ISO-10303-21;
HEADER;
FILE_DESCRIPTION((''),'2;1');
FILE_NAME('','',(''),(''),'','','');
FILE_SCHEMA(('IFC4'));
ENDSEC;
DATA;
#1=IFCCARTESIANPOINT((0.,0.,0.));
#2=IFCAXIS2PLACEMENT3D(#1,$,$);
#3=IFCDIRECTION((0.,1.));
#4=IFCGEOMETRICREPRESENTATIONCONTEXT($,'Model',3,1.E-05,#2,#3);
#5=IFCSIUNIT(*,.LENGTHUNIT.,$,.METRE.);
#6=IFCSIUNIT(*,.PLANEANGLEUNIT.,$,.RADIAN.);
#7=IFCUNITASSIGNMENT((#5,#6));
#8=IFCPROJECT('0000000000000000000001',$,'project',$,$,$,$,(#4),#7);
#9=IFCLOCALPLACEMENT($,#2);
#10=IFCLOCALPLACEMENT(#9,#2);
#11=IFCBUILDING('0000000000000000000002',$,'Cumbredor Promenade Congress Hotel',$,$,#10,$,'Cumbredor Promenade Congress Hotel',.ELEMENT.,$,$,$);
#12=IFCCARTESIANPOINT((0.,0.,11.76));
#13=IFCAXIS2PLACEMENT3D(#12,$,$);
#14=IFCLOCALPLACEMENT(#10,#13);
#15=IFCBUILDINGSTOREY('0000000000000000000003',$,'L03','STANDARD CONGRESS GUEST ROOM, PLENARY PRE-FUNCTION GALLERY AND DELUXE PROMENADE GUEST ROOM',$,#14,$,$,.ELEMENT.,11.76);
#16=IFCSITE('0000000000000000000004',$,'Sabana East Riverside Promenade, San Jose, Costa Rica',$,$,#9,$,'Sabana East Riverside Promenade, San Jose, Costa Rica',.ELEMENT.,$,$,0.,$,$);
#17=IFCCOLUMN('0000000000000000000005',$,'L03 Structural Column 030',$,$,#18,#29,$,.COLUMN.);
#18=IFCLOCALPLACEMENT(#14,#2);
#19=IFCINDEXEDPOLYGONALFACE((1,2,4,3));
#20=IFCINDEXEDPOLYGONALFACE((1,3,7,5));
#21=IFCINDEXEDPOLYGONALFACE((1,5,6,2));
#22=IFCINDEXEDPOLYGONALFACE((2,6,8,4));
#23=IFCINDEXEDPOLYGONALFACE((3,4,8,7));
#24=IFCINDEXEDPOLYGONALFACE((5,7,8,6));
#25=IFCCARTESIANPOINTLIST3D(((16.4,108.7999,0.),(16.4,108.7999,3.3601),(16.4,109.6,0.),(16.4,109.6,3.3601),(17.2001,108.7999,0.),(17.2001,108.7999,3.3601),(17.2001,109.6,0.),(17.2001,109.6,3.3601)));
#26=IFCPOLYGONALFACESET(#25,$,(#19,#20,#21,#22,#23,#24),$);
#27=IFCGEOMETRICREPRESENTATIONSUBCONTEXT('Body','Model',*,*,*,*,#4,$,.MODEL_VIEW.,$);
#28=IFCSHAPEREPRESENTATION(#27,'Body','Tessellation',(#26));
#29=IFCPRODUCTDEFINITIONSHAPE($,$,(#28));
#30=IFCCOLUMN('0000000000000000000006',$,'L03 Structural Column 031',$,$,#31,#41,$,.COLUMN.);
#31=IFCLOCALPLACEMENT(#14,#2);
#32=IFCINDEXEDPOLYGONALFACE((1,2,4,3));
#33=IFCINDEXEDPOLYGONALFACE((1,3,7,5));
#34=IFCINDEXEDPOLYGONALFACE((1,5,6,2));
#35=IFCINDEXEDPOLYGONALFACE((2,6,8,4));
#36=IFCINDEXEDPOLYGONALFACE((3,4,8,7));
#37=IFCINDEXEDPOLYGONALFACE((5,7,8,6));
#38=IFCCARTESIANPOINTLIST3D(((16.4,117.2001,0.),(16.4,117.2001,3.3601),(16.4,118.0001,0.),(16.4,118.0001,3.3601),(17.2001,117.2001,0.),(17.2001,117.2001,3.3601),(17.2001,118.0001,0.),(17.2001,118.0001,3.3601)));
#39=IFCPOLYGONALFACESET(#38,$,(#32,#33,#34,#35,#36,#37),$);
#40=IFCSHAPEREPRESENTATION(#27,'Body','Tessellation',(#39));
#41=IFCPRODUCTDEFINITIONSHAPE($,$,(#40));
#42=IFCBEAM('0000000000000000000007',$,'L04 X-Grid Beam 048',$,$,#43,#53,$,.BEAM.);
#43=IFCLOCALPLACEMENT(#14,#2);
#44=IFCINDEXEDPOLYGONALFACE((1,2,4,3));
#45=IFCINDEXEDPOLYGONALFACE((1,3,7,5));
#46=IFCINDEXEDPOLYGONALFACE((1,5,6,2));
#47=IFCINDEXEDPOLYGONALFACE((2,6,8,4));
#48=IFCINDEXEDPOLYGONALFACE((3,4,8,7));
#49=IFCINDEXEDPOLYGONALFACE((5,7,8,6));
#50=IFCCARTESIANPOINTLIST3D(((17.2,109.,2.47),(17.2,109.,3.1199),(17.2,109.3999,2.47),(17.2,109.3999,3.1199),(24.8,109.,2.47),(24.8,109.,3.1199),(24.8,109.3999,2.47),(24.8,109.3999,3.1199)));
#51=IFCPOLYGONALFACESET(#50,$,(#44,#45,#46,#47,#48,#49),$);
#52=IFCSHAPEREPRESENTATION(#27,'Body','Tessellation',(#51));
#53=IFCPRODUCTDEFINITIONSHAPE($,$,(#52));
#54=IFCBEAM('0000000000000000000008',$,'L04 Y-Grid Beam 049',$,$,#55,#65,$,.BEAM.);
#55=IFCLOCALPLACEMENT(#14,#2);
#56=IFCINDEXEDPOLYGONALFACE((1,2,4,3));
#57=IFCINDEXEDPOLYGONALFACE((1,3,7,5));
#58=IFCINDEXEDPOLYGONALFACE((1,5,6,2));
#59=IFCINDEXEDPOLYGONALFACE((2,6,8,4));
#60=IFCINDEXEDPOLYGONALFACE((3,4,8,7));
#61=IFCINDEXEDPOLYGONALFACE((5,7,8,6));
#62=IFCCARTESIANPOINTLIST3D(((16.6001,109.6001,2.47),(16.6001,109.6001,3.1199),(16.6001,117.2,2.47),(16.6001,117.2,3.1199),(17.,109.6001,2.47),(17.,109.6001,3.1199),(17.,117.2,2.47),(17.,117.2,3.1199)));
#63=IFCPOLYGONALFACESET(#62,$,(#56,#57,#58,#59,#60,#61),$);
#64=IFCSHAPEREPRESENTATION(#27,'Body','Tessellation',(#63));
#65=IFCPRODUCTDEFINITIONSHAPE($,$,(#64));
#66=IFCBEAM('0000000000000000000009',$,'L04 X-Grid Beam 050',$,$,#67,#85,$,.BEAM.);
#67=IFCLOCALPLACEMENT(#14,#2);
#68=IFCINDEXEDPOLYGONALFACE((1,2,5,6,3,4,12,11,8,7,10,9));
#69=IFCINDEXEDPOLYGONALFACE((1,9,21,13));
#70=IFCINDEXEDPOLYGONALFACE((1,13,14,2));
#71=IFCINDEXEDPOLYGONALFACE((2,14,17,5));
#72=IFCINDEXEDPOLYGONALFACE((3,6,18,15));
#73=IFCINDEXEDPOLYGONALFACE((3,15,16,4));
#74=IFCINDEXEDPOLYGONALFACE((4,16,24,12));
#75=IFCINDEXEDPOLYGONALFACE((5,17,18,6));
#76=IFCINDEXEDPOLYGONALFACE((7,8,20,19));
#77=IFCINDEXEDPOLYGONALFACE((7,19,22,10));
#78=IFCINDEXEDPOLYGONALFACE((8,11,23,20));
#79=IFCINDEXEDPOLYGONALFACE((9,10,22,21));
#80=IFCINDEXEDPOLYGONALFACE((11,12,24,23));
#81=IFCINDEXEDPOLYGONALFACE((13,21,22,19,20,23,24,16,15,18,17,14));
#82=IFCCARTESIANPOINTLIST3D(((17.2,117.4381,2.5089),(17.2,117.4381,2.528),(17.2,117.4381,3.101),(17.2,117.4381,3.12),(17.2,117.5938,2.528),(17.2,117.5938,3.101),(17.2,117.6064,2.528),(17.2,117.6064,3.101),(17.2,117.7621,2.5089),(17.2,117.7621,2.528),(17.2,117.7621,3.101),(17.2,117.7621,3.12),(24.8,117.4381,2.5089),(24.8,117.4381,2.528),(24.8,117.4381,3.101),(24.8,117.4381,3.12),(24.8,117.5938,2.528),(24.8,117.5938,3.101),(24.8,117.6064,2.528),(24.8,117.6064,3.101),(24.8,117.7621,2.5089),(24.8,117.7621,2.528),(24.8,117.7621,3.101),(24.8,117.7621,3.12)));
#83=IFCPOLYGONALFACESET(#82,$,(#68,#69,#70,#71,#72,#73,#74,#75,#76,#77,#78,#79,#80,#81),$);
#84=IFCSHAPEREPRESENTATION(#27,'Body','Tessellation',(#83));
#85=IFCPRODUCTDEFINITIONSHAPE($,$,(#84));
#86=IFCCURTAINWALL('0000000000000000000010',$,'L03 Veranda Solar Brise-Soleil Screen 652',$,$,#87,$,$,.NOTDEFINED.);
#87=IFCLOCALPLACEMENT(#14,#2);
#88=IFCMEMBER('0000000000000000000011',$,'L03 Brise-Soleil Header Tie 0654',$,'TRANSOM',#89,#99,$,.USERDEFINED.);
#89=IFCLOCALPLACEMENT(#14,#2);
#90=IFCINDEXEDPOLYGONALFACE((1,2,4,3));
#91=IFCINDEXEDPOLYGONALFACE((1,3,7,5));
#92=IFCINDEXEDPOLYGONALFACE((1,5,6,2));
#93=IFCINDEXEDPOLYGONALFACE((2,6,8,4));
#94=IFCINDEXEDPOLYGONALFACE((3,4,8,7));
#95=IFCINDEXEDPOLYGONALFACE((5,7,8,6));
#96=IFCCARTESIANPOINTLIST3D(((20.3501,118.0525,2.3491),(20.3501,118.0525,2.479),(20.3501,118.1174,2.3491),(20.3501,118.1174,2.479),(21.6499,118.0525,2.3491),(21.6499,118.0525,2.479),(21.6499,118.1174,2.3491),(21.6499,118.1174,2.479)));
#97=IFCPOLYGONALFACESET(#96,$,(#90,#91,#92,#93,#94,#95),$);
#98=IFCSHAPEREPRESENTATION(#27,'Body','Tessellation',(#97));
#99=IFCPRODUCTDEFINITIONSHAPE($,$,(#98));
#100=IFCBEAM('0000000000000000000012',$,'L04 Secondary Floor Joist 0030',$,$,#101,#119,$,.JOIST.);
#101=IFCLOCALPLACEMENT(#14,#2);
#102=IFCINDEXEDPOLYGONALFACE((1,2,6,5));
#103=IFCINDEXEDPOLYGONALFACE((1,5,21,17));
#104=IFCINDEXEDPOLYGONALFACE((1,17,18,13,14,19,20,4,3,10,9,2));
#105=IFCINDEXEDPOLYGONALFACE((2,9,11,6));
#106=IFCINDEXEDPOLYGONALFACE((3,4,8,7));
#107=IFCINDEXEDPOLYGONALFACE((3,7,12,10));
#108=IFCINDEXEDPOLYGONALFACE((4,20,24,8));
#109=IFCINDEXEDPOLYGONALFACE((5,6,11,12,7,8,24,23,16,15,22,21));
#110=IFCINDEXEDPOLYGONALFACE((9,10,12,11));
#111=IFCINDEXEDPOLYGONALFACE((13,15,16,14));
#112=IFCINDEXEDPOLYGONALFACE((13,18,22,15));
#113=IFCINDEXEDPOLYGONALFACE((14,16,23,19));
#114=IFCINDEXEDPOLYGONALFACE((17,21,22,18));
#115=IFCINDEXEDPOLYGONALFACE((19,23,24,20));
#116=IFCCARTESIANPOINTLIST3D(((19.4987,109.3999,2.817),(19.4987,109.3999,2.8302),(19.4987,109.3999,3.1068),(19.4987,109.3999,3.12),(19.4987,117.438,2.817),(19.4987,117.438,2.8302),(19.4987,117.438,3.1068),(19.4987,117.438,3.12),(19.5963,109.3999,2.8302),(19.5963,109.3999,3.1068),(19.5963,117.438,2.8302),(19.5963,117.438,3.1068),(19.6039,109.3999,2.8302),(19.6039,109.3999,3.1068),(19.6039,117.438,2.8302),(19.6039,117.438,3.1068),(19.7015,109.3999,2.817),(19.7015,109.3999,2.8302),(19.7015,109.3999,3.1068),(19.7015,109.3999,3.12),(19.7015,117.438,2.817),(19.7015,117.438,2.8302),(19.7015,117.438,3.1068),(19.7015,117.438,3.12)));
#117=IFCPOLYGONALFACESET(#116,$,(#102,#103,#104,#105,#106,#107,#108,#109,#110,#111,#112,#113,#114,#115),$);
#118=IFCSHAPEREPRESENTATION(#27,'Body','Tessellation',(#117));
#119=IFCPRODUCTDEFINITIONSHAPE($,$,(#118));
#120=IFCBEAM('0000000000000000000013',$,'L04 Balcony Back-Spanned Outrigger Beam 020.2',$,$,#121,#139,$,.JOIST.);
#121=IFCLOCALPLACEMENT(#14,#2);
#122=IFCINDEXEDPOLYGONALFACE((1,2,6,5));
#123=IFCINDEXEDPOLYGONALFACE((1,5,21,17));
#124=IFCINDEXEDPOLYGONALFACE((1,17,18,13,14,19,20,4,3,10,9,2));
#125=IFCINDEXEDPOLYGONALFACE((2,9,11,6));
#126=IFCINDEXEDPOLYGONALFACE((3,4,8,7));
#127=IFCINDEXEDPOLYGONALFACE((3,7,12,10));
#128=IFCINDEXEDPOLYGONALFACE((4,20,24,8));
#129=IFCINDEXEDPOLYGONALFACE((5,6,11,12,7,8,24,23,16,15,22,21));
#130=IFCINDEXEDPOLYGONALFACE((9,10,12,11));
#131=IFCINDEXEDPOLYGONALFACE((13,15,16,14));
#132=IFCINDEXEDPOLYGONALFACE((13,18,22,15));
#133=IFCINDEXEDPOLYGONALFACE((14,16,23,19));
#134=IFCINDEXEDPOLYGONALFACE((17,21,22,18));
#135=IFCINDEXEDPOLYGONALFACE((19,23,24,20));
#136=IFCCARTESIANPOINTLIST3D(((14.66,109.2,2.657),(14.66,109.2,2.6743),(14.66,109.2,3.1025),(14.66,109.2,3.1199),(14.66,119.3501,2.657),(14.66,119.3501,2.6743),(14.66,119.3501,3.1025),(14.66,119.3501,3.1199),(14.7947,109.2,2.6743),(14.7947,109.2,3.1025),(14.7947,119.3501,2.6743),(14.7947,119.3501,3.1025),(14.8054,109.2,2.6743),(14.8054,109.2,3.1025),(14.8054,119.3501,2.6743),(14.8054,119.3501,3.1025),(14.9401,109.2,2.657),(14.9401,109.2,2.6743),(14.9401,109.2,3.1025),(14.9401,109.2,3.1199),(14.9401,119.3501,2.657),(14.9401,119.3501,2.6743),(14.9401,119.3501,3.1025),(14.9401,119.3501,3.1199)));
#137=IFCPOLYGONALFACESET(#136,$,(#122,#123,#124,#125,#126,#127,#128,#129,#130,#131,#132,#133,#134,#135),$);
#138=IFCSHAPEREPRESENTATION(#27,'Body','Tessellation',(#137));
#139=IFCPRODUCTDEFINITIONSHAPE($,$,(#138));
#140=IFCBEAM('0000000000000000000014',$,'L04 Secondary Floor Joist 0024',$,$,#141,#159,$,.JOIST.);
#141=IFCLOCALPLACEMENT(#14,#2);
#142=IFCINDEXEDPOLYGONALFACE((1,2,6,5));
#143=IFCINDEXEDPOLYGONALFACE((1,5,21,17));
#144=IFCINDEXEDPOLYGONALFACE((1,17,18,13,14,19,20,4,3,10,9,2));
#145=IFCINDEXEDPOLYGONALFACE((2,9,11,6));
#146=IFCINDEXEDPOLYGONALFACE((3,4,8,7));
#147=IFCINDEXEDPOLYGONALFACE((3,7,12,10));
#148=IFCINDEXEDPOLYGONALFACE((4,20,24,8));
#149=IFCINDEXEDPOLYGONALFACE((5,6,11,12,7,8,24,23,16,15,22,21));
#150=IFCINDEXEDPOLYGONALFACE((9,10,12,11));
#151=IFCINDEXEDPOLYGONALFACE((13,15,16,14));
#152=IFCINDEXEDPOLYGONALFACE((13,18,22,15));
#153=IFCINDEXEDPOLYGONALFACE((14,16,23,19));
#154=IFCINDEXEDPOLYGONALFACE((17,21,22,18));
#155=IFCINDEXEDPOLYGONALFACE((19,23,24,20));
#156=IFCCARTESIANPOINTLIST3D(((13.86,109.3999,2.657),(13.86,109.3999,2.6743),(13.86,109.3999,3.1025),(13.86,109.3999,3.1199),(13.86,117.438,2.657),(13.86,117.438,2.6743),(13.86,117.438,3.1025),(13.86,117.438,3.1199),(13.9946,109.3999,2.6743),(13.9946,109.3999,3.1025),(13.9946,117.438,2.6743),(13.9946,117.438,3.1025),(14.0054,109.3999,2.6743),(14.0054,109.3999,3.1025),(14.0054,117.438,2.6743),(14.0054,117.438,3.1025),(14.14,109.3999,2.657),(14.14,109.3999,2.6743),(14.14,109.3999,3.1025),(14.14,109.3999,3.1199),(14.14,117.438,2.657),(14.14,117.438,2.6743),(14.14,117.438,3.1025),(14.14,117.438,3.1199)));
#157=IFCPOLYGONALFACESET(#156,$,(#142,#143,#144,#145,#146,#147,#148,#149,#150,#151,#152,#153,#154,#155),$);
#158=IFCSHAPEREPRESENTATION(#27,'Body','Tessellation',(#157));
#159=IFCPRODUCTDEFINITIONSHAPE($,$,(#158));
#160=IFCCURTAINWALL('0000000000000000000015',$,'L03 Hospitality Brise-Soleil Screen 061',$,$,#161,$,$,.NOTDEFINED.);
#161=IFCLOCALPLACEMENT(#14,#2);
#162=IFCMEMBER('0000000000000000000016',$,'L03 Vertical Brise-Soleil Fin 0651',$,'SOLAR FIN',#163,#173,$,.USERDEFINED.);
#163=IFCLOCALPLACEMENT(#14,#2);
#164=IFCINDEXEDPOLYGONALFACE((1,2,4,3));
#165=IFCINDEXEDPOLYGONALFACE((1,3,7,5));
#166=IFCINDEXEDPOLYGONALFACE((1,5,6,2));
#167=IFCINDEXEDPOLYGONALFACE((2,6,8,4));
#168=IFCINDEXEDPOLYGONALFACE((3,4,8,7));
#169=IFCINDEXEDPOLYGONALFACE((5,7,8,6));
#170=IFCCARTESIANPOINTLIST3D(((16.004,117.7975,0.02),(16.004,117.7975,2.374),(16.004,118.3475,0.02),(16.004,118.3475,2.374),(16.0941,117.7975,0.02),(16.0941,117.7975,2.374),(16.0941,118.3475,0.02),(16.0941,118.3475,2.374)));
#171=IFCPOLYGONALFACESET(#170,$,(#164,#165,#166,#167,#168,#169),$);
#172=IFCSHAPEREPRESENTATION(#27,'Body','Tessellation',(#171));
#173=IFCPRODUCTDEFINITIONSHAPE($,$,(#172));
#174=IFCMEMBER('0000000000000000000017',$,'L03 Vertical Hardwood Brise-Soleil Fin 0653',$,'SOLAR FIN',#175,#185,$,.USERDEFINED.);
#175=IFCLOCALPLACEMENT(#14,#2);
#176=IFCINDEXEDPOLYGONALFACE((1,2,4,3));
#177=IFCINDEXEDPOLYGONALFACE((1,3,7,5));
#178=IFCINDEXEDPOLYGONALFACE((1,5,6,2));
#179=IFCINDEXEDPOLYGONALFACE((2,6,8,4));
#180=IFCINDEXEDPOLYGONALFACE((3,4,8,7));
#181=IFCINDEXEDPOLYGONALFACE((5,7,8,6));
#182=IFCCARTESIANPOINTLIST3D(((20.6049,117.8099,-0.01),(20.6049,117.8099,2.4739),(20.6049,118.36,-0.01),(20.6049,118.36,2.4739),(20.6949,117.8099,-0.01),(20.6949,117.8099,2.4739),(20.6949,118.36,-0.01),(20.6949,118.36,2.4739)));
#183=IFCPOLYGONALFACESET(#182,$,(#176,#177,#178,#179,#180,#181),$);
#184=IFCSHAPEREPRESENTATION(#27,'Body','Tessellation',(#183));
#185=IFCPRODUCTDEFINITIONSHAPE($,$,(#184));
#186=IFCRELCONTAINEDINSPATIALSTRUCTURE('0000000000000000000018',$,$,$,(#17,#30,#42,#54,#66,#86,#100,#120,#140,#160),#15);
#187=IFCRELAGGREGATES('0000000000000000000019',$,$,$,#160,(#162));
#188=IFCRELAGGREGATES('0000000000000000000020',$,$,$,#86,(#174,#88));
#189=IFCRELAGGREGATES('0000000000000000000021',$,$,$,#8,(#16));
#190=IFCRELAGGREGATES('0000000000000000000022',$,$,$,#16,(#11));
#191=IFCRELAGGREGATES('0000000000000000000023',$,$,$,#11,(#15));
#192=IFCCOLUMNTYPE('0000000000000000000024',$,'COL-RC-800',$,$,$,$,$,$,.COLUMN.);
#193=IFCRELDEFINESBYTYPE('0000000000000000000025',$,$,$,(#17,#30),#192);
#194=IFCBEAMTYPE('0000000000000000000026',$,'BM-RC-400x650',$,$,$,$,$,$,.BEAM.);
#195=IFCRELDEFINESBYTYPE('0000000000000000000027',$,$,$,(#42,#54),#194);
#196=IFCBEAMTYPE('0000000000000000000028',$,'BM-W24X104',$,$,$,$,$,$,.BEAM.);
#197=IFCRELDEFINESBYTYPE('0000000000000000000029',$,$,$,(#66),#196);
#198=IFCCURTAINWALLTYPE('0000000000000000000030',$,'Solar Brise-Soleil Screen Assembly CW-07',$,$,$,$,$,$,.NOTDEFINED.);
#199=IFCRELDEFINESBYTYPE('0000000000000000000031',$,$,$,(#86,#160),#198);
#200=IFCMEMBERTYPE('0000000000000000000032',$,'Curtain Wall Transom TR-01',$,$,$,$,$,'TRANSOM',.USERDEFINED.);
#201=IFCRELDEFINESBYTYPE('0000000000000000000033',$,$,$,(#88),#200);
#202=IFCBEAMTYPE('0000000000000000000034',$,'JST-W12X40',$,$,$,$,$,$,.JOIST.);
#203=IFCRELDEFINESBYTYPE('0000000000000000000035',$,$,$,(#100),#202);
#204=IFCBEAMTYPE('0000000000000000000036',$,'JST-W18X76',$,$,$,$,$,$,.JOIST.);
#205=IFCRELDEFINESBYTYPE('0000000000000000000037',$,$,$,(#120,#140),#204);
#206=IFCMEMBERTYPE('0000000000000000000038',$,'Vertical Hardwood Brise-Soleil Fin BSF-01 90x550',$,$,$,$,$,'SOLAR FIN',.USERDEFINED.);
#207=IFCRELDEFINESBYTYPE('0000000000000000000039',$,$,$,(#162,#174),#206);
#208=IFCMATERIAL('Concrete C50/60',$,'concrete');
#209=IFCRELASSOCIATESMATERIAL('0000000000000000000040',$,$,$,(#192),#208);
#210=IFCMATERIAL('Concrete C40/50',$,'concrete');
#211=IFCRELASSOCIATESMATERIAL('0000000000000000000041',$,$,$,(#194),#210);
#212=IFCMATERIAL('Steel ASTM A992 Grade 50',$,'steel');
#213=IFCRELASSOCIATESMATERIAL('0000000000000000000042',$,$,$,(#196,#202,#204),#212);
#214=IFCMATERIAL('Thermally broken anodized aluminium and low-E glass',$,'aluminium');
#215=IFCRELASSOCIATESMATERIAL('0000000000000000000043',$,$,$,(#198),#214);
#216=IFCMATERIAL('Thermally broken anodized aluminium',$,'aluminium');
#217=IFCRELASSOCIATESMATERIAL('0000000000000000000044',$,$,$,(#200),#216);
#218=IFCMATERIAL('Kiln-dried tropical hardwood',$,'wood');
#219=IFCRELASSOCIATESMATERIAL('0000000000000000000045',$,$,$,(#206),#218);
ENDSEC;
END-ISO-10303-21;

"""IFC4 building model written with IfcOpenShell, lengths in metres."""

from ifc_helpers import new_model, si_unit, direction, frame, origin, origin_2d, place, context, subcontext, project, spatial, rectangle, i_section, extrude, material, material_profile, profile_set, type_object, element, aggregate, save


model = new_model("IFC4")

# Units and contexts
model_context = context("Model", 3, precision=1e-05, world=origin(), true_north=direction((0.0, 1.0)))
body_context = subcontext(model_context, "Body", "Model", "MODEL_VIEW")
ifc_project = project(units=[si_unit("LENGTHUNIT", "METRE"), si_unit("PLANEANGLEUNIT", "RADIAN")], contexts=[model_context])

# Site, building, storey
site_placement = place(None, origin())
site = spatial("IfcSite", under=ifc_project, at=site_placement, Name="Sabana East Riverside Promenade, San Jose, Costa Rica", LongName="Sabana East Riverside Promenade, San Jose, Costa Rica", CompositionType="ELEMENT", RefElevation=0.0)
building_placement = place(site_placement, origin())
building = spatial("IfcBuilding", under=site, at=building_placement, Name="Cumbredor Promenade Congress Hotel", LongName="Cumbredor Promenade Congress Hotel", CompositionType="ELEMENT")
storey_placement = place(building_placement, frame((0.0, 0.0, 11.76)))
storey = spatial("IfcBuildingStorey", under=building, at=storey_placement, Name="L03", Description="STANDARD CONGRESS GUEST ROOM, PLENARY PRE-FUNCTION GALLERY AND DELUXE PROMENADE GUEST ROOM", CompositionType="ELEMENT", Elevation=11.76)

# Columns
ifc_material_1 = material(Name="Concrete C50/60", Category="concrete")
ifc_material_profile_1 = material_profile(ifc_material_1, rectangle(XDim=0.8, YDim=0.8, at=origin_2d()), Name="RC 800x800")
ifc_profile_set_1 = profile_set([ifc_material_profile_1], Name="Concrete C50/60")
column_type = type_object("IfcColumnType", Name="COL-RC-800", PredefinedType="COLUMN", material=ifc_profile_set_1)
for number, where, z_axis, x_axis, name in (
    (1, (16.8, 109.2, 0.0), (0.0, 0.0, 1.0), (1.0, 0.0, 0.0), "L03 Structural Column 030"),
    (2, (16.8, 117.6001, 0.0), (0.0, 0.0, 1.0), (1.0, 0.0, 0.0), "L03 Structural Column 031"),
):
    element("IfcColumn", number, at=place(storey_placement, frame(where, z_axis=z_axis, x_axis=x_axis)), inside=storey, type_object=column_type, Name=name, PredefinedType="COLUMN", context=body_context, shape_type="SweptSolid", body=[
        extrude(rectangle(XDim=0.8, YDim=0.8, at=origin_2d()), origin(), (0.0, 0.0, 1.0), 3.3601),
    ])

# Beams
ifc_material_2 = material(Name="Concrete C40/50", Category="concrete")
ifc_material_profile_2 = material_profile(ifc_material_2, rectangle(XDim=0.3999, YDim=0.6499, at=origin_2d()), Name="RC BEAM 400x650")
ifc_profile_set_2 = profile_set([ifc_material_profile_2], Name="Concrete C40/50")
beam_type_1 = type_object("IfcBeamType", Name="BM-RC-400x650", PredefinedType="BEAM", material=ifc_profile_set_2)
beam_1_placement = place(storey_placement, frame((17.2, 109.2, 2.7949), z_axis=(1.0, 0.0, 0.0), x_axis=(0.0, 1.0, 0.0)))
element("IfcBeam", 3, at=beam_1_placement, inside=storey, type_object=beam_type_1, Name="L04 X-Grid Beam 048", PredefinedType="BEAM", context=body_context, shape_type="SweptSolid", body=[
    extrude(rectangle(XDim=0.3999, YDim=0.6499, at=origin_2d()), origin(), (0.0, 0.0, 1.0), 7.6001),
])
beam_2_placement = place(storey_placement, frame((16.8, 109.6001, 2.7949), z_axis=(0.0, 1.0, 0.0), x_axis=(-1.0, 0.0, 0.0)))
element("IfcBeam", 4, at=beam_2_placement, inside=storey, type_object=beam_type_1, Name="L04 Y-Grid Beam 049", PredefinedType="BEAM", context=body_context, shape_type="SweptSolid", body=[
    extrude(rectangle(XDim=0.3999, YDim=0.6499, at=origin_2d()), origin(), (0.0, 0.0, 1.0), 7.5999),
])
ifc_material_3 = material(Name="Steel ASTM A992 Grade 50", Category="steel")
ifc_material_profile_3 = material_profile(ifc_material_3, i_section(OverallWidth=0.324, OverallDepth=0.6111, WebThickness=0.0127, FlangeThickness=0.019, at=origin_2d()), Name="W24X104")
ifc_profile_set_3 = profile_set([ifc_material_profile_3], Name="Steel ASTM A992 Grade 50")
beam_type_2 = type_object("IfcBeamType", Name="BM-W24X104", PredefinedType="BEAM", material=ifc_profile_set_3)
beam_3_placement = place(storey_placement, frame((17.2, 117.6001, 2.8145), z_axis=(1.0, 0.0, 0.0), x_axis=(0.0, 1.0, 0.0)))
element("IfcBeam", 5, at=beam_3_placement, inside=storey, type_object=beam_type_2, Name="L04 X-Grid Beam 050", PredefinedType="BEAM", context=body_context, shape_type="SweptSolid", body=[
    extrude(i_section(OverallWidth=0.324, OverallDepth=0.6111, WebThickness=0.0127, FlangeThickness=0.019, at=origin_2d()), origin(), (0.0, 0.0, 1.0), 7.6001),
])

# Curtain wall, member
ifc_material_4 = material(Name="Thermally broken anodized aluminium and low-E glass", Category="aluminium")
curtain_wall_type = type_object("IfcCurtainWallType", Name="Solar Brise-Soleil Screen Assembly CW-07", PredefinedType="NOTDEFINED", material=ifc_material_4)
curtain_wall_1_placement = place(storey_placement, origin())
curtain_wall_1 = element("IfcCurtainWall", 6, at=curtain_wall_1_placement, inside=storey, type_object=curtain_wall_type, Name="L03 Veranda Solar Brise-Soleil Screen 652", PredefinedType="NOTDEFINED")
ifc_material_5 = material(Name="Thermally broken anodized aluminium", Category="aluminium")
ifc_material_profile_4 = material_profile(ifc_material_5, rectangle(XDim=0.0649, YDim=0.1299, at=origin_2d()), Name="ALU TRANSOM 65x130")
ifc_profile_set_4 = profile_set([ifc_material_profile_4], Name="Thermally broken anodized aluminium")
member_type_1 = type_object("IfcMemberType", Name="Curtain Wall Transom TR-01", ElementType="TRANSOM", PredefinedType="USERDEFINED", material=ifc_profile_set_4)
member_1_placement = place(storey_placement, frame((20.3501, 118.085, 2.4141), z_axis=(1.0, 0.0, 0.0), x_axis=(0.0, 1.0, 0.0)))
member_1 = element("IfcMember", 7, at=member_1_placement, type_object=member_type_1, Name="L03 Brise-Soleil Header Tie 0654", ObjectType="TRANSOM", PredefinedType="USERDEFINED", context=body_context, shape_type="SweptSolid", body=[
    extrude(rectangle(XDim=0.0649, YDim=0.1299, at=origin_2d()), origin(), (0.0, 0.0, 1.0), 1.2998),
])

# Beams
ifc_material_profile_5 = material_profile(ifc_material_3, i_section(OverallWidth=0.2029, OverallDepth=0.303, WebThickness=0.0076, FlangeThickness=0.0132, at=origin_2d()), Name="W12X40")
ifc_profile_set_5 = profile_set([ifc_material_profile_5], Name="Steel ASTM A992 Grade 50")
beam_type_3 = type_object("IfcBeamType", Name="JST-W12X40", PredefinedType="JOIST", material=ifc_profile_set_5)
beam_4_placement = place(storey_placement, frame((19.6001, 109.3999, 2.9685), z_axis=(0.0, 1.0, 0.0), x_axis=(-1.0, 0.0, 0.0)))
element("IfcBeam", 8, at=beam_4_placement, inside=storey, type_object=beam_type_3, Name="L04 Secondary Floor Joist 0030", PredefinedType="JOIST", context=body_context, shape_type="SweptSolid", body=[
    extrude(i_section(OverallWidth=0.2029, OverallDepth=0.303, WebThickness=0.0076, FlangeThickness=0.0132, at=origin_2d()), origin(), (0.0, 0.0, 1.0), 8.0381),
])
ifc_material_profile_6 = material_profile(ifc_material_3, i_section(OverallWidth=0.28, OverallDepth=0.4629, WebThickness=0.0107, FlangeThickness=0.0173, at=origin_2d()), Name="W18X76")
ifc_profile_set_6 = profile_set([ifc_material_profile_6], Name="Steel ASTM A992 Grade 50")
beam_type_4 = type_object("IfcBeamType", Name="JST-W18X76", PredefinedType="JOIST", material=ifc_profile_set_6)
beam_5_placement = place(storey_placement, frame((14.8, 109.2, 2.8884), z_axis=(0.0, 1.0, 0.0), x_axis=(-1.0, 0.0, 0.0)))
element("IfcBeam", 9, at=beam_5_placement, inside=storey, type_object=beam_type_4, Name="L04 Balcony Back-Spanned Outrigger Beam 020.2", PredefinedType="JOIST", context=body_context, shape_type="SweptSolid", body=[
    extrude(i_section(OverallWidth=0.28, OverallDepth=0.4629, WebThickness=0.0107, FlangeThickness=0.0173, at=origin_2d()), origin(), (0.0, 0.0, 1.0), 10.1501),
])
beam_6_placement = place(storey_placement, frame((14.0, 109.3999, 2.8884), z_axis=(0.0, 1.0, 0.0), x_axis=(-1.0, 0.0, 0.0)))
element("IfcBeam", 10, at=beam_6_placement, inside=storey, type_object=beam_type_4, Name="L04 Secondary Floor Joist 0024", PredefinedType="JOIST", context=body_context, shape_type="SweptSolid", body=[
    extrude(i_section(OverallWidth=0.28, OverallDepth=0.4629, WebThickness=0.0107, FlangeThickness=0.0173, at=origin_2d()), origin(), (0.0, 0.0, 1.0), 8.0381),
])

# Curtain wall, member
curtain_wall_2_placement = place(storey_placement, origin())
curtain_wall_2 = element("IfcCurtainWall", 11, at=curtain_wall_2_placement, inside=storey, type_object=curtain_wall_type, Name="L03 Hospitality Brise-Soleil Screen 061", PredefinedType="NOTDEFINED")
ifc_material_6 = material(Name="Kiln-dried tropical hardwood", Category="wood")
ifc_material_profile_7 = material_profile(ifc_material_6, rectangle(XDim=0.0901, YDim=0.55, at=origin_2d()), Name="ARCH FIN 90x550")
ifc_profile_set_7 = profile_set([ifc_material_profile_7], Name="Kiln-dried tropical hardwood")
member_type_2 = type_object("IfcMemberType", Name="Vertical Hardwood Brise-Soleil Fin BSF-01 90x550", ElementType="SOLAR FIN", PredefinedType="USERDEFINED", material=ifc_profile_set_7)
member_2_placement = place(storey_placement, frame((16.0491, 118.0725, 0.02), z_axis=(0.0, 0.0, 1.0), x_axis=(1.0, 0.0, 0.0)))
member_2 = element("IfcMember", 12, at=member_2_placement, type_object=member_type_2, Name="L03 Vertical Brise-Soleil Fin 0651", ObjectType="SOLAR FIN", PredefinedType="USERDEFINED", context=body_context, shape_type="SweptSolid", body=[
    extrude(rectangle(XDim=0.0901, YDim=0.55, at=origin_2d()), origin(), (0.0, 0.0, 1.0), 2.354),
])
aggregate(curtain_wall_2, [member_2])

# Member
member_3_placement = place(storey_placement, frame((20.6499, 118.085, -0.01), z_axis=(0.0, 0.0, 1.0), x_axis=(1.0, 0.0, 0.0)))
member_3 = element("IfcMember", 13, at=member_3_placement, type_object=member_type_2, Name="L03 Vertical Hardwood Brise-Soleil Fin 0653", ObjectType="SOLAR FIN", PredefinedType="USERDEFINED", context=body_context, shape_type="SweptSolid", body=[
    extrude(rectangle(XDim=0.0901, YDim=0.55, at=origin_2d()), origin(), (0.0, 0.0, 1.0), 2.4839),
])
aggregate(curtain_wall_1, [member_3, member_1])

save(model, "model.ifc")
